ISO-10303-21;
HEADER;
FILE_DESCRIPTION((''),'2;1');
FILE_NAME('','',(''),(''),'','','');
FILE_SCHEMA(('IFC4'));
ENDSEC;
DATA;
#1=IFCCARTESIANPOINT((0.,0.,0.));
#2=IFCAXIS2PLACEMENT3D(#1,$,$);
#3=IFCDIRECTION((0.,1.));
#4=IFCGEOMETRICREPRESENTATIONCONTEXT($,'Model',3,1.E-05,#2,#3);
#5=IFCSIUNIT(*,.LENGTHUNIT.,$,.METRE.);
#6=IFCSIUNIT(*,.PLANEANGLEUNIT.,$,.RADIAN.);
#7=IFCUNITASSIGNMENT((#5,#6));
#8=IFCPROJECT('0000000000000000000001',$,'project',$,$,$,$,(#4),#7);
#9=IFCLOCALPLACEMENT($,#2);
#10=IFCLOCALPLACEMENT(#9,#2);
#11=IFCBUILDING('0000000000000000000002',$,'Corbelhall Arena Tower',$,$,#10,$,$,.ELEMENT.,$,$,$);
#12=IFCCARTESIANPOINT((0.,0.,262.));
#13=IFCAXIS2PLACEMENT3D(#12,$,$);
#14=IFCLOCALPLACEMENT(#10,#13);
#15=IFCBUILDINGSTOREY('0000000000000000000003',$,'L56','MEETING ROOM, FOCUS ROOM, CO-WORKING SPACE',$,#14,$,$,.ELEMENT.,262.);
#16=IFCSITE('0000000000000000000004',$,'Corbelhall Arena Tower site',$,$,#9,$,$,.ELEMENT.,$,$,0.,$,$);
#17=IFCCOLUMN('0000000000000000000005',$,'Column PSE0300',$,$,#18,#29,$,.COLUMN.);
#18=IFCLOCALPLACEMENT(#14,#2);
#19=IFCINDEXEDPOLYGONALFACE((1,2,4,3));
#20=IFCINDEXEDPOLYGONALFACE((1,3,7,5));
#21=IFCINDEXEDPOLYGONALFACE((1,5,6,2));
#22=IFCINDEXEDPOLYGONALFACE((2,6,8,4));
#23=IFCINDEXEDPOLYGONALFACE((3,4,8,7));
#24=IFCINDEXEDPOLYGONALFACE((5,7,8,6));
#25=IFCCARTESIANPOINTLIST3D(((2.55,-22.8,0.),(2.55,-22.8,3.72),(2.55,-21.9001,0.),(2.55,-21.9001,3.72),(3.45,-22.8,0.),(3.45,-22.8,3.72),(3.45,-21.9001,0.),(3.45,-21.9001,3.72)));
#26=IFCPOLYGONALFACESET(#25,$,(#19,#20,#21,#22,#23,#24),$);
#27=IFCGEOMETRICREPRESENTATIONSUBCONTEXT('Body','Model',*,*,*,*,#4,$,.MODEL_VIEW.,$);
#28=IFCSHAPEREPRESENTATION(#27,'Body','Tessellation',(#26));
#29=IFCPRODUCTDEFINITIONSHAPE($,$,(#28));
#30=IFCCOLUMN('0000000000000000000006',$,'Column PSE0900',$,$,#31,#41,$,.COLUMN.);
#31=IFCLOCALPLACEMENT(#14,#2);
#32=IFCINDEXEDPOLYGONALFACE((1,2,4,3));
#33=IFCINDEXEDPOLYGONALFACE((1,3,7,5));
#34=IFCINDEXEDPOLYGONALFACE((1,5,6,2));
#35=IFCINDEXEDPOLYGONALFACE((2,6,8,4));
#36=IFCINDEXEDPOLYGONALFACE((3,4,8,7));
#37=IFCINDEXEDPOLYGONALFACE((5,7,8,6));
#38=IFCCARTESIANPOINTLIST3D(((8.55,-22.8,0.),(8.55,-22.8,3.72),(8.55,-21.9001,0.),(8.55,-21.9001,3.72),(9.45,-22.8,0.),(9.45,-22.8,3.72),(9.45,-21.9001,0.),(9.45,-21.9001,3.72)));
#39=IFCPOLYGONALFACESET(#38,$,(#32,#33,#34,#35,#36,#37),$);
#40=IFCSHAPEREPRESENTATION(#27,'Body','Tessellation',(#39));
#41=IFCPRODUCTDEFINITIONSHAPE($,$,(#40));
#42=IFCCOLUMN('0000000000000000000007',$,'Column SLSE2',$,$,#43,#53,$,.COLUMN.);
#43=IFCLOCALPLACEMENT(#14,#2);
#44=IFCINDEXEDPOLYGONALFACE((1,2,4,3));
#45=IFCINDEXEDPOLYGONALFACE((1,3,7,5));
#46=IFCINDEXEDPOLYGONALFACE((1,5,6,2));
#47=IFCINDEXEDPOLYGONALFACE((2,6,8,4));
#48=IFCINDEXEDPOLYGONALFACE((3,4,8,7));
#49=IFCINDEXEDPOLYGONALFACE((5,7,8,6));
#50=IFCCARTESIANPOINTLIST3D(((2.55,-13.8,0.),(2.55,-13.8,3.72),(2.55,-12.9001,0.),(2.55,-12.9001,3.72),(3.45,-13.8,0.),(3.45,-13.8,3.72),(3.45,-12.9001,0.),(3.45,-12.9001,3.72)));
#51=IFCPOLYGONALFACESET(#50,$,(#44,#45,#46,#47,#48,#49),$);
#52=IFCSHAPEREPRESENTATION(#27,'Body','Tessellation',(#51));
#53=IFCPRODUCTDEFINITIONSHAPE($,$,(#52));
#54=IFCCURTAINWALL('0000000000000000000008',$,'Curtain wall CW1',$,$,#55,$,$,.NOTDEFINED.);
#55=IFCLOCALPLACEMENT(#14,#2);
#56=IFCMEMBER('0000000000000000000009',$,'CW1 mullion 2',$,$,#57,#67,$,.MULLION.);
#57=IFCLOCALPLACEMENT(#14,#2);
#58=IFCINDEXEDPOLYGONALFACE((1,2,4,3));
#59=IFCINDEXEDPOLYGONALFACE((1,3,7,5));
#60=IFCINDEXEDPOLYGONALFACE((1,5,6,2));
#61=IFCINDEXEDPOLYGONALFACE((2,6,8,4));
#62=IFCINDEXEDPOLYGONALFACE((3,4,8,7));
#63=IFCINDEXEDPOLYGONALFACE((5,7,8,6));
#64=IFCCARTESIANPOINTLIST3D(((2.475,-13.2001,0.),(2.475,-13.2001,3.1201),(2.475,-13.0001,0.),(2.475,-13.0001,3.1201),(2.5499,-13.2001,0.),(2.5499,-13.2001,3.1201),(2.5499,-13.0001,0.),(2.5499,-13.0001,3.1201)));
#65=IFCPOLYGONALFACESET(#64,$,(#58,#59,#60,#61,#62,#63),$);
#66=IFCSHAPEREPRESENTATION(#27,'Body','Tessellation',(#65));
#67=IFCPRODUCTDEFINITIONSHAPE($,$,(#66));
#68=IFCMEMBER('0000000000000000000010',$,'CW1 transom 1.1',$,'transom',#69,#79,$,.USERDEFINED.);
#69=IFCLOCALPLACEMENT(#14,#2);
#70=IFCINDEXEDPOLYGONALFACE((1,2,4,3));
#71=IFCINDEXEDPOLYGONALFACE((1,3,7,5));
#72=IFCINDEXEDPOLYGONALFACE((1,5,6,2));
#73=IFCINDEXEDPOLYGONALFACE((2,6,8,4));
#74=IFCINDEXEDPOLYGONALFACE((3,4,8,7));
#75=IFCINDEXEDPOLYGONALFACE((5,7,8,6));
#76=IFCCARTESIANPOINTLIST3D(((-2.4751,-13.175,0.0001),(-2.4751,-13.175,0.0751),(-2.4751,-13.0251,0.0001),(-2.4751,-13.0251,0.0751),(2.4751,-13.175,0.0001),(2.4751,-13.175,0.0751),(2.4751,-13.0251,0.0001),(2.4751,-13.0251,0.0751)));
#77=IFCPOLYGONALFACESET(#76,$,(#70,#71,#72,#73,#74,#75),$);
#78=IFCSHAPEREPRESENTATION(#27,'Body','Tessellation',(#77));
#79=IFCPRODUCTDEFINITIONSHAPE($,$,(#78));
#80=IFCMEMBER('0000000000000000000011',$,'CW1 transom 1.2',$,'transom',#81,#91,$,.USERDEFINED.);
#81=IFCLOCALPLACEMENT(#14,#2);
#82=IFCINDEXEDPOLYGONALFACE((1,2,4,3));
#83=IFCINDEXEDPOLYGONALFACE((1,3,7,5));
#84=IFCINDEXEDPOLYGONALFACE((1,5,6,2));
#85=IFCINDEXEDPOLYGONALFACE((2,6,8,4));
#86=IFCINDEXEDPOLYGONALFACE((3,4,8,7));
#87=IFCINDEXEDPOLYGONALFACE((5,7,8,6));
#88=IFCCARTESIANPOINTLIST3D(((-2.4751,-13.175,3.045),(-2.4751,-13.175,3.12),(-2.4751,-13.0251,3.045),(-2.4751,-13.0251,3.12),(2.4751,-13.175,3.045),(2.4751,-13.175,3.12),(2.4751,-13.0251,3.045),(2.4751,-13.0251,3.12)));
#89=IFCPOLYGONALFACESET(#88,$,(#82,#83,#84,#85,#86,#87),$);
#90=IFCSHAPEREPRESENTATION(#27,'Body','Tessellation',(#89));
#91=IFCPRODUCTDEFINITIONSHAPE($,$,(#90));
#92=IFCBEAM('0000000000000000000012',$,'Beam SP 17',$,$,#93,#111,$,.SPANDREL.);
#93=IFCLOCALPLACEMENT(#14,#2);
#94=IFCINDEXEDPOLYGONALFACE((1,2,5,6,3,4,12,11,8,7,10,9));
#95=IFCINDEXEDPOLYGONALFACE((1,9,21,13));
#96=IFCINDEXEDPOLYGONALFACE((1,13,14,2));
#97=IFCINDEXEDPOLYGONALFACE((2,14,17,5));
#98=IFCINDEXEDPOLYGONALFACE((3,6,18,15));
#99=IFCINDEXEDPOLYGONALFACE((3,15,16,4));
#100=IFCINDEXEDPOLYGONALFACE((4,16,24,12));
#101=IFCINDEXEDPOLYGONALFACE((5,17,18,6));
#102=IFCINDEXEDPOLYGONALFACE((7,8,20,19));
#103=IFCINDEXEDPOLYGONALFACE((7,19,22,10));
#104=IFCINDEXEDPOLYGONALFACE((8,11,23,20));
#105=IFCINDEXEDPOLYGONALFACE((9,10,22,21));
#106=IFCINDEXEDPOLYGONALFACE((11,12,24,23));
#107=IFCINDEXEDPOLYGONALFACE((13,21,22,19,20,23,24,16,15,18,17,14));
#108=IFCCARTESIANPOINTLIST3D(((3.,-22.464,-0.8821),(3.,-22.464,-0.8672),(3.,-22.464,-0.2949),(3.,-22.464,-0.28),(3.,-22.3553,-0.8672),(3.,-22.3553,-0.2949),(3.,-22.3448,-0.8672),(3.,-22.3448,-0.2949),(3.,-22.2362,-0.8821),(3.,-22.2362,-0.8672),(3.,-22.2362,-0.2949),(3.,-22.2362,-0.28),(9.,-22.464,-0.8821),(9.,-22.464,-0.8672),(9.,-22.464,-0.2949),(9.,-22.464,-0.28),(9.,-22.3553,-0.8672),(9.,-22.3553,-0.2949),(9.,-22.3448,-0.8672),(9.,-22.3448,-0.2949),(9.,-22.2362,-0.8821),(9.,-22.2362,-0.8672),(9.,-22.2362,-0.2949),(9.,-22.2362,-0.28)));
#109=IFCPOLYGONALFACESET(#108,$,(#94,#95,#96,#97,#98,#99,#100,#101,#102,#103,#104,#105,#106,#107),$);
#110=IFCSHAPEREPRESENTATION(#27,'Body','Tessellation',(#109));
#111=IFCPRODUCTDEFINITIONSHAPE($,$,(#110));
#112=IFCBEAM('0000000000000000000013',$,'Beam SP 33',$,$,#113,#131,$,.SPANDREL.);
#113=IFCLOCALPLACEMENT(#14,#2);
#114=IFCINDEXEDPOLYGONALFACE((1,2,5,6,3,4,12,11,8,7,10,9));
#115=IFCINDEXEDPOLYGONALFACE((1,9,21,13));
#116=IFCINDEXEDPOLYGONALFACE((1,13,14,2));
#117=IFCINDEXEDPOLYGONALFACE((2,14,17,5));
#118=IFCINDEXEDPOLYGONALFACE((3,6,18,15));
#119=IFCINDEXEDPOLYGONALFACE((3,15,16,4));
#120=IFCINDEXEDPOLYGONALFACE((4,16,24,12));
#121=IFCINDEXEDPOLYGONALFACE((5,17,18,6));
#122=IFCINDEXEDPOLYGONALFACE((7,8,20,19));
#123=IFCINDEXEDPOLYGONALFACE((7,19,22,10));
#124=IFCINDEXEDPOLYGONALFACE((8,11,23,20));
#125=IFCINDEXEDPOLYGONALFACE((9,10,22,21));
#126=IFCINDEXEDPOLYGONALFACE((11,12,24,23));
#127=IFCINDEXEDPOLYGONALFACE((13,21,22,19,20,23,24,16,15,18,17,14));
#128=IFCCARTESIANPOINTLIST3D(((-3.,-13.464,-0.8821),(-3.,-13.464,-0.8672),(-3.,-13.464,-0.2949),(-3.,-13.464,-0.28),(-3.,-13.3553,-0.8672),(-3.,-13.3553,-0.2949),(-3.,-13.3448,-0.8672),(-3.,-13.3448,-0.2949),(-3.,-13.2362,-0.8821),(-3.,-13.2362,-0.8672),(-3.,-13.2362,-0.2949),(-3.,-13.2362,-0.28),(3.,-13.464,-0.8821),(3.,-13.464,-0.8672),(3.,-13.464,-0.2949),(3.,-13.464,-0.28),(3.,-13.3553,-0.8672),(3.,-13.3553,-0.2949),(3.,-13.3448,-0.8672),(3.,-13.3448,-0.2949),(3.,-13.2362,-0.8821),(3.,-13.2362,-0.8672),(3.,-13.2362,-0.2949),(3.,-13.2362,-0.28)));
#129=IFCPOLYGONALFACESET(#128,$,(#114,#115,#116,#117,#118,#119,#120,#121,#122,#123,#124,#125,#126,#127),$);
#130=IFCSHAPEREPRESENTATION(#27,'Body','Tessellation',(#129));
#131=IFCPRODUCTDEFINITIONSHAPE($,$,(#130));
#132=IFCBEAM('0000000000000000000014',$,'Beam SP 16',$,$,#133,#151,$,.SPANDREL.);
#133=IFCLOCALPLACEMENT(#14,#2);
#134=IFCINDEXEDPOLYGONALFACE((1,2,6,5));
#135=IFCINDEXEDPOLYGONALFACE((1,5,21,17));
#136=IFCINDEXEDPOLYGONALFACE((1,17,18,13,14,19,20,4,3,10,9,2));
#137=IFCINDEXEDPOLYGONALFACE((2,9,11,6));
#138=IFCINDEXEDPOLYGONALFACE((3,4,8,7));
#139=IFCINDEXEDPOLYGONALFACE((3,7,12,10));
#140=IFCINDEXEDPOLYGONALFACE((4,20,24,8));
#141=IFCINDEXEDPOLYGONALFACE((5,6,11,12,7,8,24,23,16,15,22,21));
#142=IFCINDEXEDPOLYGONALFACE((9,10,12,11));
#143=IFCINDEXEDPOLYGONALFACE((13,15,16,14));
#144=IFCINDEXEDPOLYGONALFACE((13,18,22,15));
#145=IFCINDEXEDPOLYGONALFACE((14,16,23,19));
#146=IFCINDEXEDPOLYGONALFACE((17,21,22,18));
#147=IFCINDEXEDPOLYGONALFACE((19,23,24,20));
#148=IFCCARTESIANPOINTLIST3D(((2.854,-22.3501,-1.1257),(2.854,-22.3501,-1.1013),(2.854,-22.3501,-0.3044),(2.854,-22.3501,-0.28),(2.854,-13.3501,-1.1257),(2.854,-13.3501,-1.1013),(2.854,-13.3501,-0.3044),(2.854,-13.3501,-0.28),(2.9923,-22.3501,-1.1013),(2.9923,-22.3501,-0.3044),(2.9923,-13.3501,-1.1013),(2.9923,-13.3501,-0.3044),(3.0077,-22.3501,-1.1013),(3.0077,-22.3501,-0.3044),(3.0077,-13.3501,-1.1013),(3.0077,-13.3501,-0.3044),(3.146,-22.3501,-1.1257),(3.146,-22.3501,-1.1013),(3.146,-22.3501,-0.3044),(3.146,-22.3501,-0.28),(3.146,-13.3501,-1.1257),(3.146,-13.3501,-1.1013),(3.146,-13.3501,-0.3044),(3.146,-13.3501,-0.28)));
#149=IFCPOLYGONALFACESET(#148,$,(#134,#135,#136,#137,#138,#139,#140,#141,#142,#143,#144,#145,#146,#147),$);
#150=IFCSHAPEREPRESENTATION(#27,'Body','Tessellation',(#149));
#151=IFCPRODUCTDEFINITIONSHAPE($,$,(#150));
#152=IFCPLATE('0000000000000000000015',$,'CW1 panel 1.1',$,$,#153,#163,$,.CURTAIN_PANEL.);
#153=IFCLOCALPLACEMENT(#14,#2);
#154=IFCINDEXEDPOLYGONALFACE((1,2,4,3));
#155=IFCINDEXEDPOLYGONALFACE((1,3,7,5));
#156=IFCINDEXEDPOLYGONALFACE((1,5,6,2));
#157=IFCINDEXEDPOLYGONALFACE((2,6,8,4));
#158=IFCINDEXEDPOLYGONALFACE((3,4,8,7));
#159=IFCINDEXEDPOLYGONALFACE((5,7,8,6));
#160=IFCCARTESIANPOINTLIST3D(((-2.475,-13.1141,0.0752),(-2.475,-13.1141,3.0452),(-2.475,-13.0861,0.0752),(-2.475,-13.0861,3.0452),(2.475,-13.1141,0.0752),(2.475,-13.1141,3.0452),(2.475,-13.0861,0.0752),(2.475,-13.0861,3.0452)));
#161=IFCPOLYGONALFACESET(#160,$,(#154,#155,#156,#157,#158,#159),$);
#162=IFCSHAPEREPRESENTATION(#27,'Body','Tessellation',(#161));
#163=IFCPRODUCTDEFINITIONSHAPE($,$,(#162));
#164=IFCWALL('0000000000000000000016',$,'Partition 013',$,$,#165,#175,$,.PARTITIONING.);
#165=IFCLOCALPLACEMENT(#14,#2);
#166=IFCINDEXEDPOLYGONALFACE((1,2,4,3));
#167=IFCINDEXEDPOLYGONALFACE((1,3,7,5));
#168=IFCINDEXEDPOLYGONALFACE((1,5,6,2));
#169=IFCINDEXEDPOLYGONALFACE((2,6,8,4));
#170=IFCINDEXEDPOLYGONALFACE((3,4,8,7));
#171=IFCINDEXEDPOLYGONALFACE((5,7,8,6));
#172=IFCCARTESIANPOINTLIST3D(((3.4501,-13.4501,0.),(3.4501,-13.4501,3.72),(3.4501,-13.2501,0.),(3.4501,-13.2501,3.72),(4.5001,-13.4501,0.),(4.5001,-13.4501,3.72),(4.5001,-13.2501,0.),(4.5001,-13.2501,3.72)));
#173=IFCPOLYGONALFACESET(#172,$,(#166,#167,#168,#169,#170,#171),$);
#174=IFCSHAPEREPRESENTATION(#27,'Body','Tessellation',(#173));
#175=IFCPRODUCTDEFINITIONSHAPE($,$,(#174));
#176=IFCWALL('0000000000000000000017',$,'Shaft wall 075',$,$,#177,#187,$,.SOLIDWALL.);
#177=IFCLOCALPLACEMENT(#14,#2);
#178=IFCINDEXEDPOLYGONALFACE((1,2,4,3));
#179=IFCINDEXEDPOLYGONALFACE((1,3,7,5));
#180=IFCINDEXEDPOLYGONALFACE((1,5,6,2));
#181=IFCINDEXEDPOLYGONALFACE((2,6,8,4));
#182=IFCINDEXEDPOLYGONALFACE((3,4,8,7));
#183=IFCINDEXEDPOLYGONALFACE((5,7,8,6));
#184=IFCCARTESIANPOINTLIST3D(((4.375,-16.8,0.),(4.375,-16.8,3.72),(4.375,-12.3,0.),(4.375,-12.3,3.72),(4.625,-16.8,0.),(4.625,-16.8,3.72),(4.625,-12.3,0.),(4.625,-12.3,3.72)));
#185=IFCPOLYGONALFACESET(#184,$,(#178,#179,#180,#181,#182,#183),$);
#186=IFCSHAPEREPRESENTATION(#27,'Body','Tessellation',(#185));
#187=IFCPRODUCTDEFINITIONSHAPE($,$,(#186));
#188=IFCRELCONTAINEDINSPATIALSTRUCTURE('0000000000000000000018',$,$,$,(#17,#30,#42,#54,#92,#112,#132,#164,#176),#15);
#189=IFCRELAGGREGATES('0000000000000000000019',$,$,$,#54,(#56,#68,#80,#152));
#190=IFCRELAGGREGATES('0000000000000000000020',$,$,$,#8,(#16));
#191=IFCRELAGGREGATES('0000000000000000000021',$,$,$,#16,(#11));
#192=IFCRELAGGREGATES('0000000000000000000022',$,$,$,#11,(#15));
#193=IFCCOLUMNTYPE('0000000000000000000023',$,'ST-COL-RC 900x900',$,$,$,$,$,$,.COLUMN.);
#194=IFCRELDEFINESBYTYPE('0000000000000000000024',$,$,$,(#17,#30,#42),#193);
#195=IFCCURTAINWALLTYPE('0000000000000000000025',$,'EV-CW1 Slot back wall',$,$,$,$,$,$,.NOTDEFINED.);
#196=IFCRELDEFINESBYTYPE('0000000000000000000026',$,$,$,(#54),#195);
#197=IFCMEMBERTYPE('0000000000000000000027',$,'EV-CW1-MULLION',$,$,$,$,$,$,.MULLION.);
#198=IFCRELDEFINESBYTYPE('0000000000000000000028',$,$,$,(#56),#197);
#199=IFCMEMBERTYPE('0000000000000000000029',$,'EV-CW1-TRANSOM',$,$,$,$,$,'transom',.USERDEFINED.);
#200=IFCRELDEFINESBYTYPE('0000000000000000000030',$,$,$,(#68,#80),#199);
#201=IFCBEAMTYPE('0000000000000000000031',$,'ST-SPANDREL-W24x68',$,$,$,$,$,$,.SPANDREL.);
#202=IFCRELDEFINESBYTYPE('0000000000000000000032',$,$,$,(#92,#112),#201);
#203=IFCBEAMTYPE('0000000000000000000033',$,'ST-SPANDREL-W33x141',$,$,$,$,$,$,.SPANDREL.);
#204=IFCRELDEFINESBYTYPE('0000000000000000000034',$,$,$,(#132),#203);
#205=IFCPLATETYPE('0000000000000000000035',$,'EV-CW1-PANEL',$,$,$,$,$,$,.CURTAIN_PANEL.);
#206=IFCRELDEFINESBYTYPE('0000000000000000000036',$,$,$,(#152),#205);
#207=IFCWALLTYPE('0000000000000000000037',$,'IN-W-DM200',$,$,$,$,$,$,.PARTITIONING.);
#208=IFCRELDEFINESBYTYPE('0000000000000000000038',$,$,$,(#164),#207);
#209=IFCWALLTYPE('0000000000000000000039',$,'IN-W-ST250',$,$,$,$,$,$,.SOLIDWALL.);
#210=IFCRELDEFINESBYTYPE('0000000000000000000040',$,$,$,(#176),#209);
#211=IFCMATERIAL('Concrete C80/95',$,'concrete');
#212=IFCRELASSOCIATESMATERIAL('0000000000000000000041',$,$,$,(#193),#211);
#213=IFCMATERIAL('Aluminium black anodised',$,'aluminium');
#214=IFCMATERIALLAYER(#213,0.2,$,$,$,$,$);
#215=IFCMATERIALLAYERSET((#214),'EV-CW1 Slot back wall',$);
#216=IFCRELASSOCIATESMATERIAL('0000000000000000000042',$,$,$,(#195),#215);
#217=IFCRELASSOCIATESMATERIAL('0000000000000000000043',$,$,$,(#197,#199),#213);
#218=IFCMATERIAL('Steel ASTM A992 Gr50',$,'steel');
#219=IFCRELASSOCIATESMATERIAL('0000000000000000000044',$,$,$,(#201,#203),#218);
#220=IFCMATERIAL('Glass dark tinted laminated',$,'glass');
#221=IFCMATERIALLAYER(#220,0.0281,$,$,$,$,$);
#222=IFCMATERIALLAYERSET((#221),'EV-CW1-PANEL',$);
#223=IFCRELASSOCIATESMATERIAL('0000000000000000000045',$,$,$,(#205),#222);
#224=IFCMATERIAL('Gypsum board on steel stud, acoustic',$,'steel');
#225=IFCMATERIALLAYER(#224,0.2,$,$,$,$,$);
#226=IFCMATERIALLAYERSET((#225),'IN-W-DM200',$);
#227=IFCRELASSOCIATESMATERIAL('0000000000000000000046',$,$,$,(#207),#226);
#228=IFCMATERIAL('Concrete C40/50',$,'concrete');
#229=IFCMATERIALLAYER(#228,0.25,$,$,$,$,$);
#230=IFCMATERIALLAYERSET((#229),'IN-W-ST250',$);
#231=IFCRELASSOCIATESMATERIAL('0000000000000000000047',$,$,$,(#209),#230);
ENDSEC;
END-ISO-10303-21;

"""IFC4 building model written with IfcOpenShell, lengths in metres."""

from ifc_helpers import new_model, si_unit, direction, frame, frame_2d, origin, origin_2d, place, context, subcontext, project, spatial, rectangle, i_section, extrude, material, layer, layer_set, material_profile, profile_set, type_object, element, aggregate, save


model = new_model("IFC4")

# Units and contexts
model_context = context("Model", 3, precision=1e-05, world=origin(), true_north=direction((0.0, 1.0)))
body_context = subcontext(model_context, "Body", "Model", "MODEL_VIEW")
ifc_project = project(units=[si_unit("LENGTHUNIT", "METRE"), si_unit("PLANEANGLEUNIT", "RADIAN")], contexts=[model_context])

# Site, building, storey
site_placement = place(None, origin())
site = spatial("IfcSite", under=ifc_project, at=site_placement, Name="Corbelhall Arena Tower site", CompositionType="ELEMENT", RefElevation=0.0)
building_placement = place(site_placement, origin())
building = spatial("IfcBuilding", under=site, at=building_placement, Name="Corbelhall Arena Tower", CompositionType="ELEMENT")
storey_placement = place(building_placement, frame((0.0, 0.0, 262.0)))
storey = spatial("IfcBuildingStorey", under=building, at=storey_placement, Name="L56", Description="MEETING ROOM, FOCUS ROOM, CO-WORKING SPACE", CompositionType="ELEMENT", Elevation=262.0)

# Columns
ifc_material_1 = material(Name="Concrete C80/95", Category="concrete")
ifc_material_profile_1 = material_profile(ifc_material_1, rectangle(XDim=0.8999, YDim=0.8999, at=origin_2d()))
ifc_profile_set_1 = profile_set([ifc_material_profile_1], Name="Concrete C80/95")
column_type = type_object("IfcColumnType", Name="ST-COL-RC 900x900", PredefinedType="COLUMN", material=ifc_profile_set_1)
for number, where, z_axis, x_axis, name in (
    (1, (3.0, -22.3501, 0.0), (0.0, 0.0, 1.0), (1.0, 0.0, 0.0), "Column PSE0300"),
    (2, (9.0, -22.3501, 0.0), (0.0, 0.0, 1.0), (1.0, 0.0, 0.0), "Column PSE0900"),
    (3, (3.0, -13.3501, 0.0), (0.0, 0.0, 1.0), (1.0, 0.0, 0.0), "Column SLSE2"),
):
    element("IfcColumn", number, at=place(storey_placement, frame(where, z_axis=z_axis, x_axis=x_axis)), inside=storey, type_object=column_type, Name=name, PredefinedType="COLUMN", context=body_context, shape_type="SweptSolid", body=[
        extrude(rectangle(XDim=0.8999, YDim=0.8999, at=origin_2d()), origin(), (0.0, 0.0, 1.0), 3.72),
    ])

# Curtain wall, members
ifc_material_2 = material(Name="Aluminium black anodised", Category="aluminium")
ifc_layer_1 = layer(ifc_material_2, 0.2)
ifc_layer_set_1 = layer_set([ifc_layer_1], Name="EV-CW1 Slot back wall")
curtain_wall_type = type_object("IfcCurtainWallType", Name="EV-CW1 Slot back wall", PredefinedType="NOTDEFINED", material=ifc_layer_set_1)
curtain_wall_placement = place(storey_placement, origin())
curtain_wall = element("IfcCurtainWall", 4, at=curtain_wall_placement, inside=storey, type_object=curtain_wall_type, Name="Curtain wall CW1", PredefinedType="NOTDEFINED")
ifc_material_profile_2 = material_profile(ifc_material_2, rectangle(XDim=0.2, YDim=0.075, at=origin_2d()))
ifc_profile_set_2 = profile_set([ifc_material_profile_2], Name="Aluminium black anodised")
member_type_1 = type_object("IfcMemberType", Name="EV-CW1-MULLION", PredefinedType="MULLION", material=ifc_profile_set_2)
member_1_placement = place(storey_placement, frame((2.5125, -13.1001, 0.0), z_axis=(0.0, 0.0, 1.0), x_axis=(0.0, 1.0, 0.0)))
member_1 = element("IfcMember", 5, at=member_1_placement, type_object=member_type_1, Name="CW1 mullion 2", PredefinedType="MULLION", context=body_context, shape_type="SweptSolid", body=[
    extrude(rectangle(XDim=0.2, YDim=0.075, at=origin_2d()), origin(), (0.0, 0.0, 1.0), 3.1201),
])
ifc_material_profile_3 = material_profile(ifc_material_2, rectangle(XDim=0.1499, YDim=0.075, at=origin_2d()))
ifc_profile_set_3 = profile_set([ifc_material_profile_3], Name="Aluminium black anodised")
member_type_2 = type_object("IfcMemberType", Name="EV-CW1-TRANSOM", ElementType="transom", PredefinedType="USERDEFINED", material=ifc_profile_set_3)
member_2_placement = place(storey_placement, frame((-2.4751, -13.1001, 0.0376), z_axis=(1.0, 0.0, 0.0), x_axis=(0.0, 1.0, 0.0)))
member_2 = element("IfcMember", 6, at=member_2_placement, type_object=member_type_2, Name="CW1 transom 1.1", ObjectType="transom", PredefinedType="USERDEFINED", context=body_context, shape_type="SweptSolid", body=[
    extrude(rectangle(XDim=0.1499, YDim=0.075, at=origin_2d()), origin(), (0.0, 0.0, 1.0), 4.9502),
])
member_3_placement = place(storey_placement, frame((-2.4751, -13.1001, 3.0825), z_axis=(1.0, 0.0, 0.0), x_axis=(0.0, 1.0, 0.0)))
member_3 = element("IfcMember", 7, at=member_3_placement, type_object=member_type_2, Name="CW1 transom 1.2", ObjectType="transom", PredefinedType="USERDEFINED", context=body_context, shape_type="SweptSolid", body=[
    extrude(rectangle(XDim=0.1499, YDim=0.075, at=origin_2d()), origin(), (0.0, 0.0, 1.0), 4.9502),
])

# Beams
ifc_material_3 = material(Name="Steel ASTM A992 Gr50", Category="steel")
ifc_material_profile_4 = material_profile(ifc_material_3, i_section(OverallWidth=0.2278, OverallDepth=0.6021, WebThickness=0.0105, FlangeThickness=0.0149, at=origin_2d()))
ifc_profile_set_4 = profile_set([ifc_material_profile_4], Name="Steel ASTM A992 Gr50")
beam_type_1 = type_object("IfcBeamType", Name="ST-SPANDREL-W24x68", PredefinedType="SPANDREL", material=ifc_profile_set_4)
for number, where, z_axis, x_axis, name in (
    (8, (9.0, -22.3501, -0.5811), (-1.0, 0.0, 0.0), (0.0, -1.0, 0.0), "Beam SP 17"),
    (9, (3.0, -13.3501, -0.5811), (-1.0, 0.0, 0.0), (0.0, -1.0, 0.0), "Beam SP 33"),
):
    element("IfcBeam", number, at=place(storey_placement, frame(where, z_axis=z_axis, x_axis=x_axis)), inside=storey, type_object=beam_type_1, Name=name, PredefinedType="SPANDREL", context=body_context, shape_type="SweptSolid", body=[
        extrude(i_section(OverallWidth=0.2278, OverallDepth=0.6021, WebThickness=0.0105, FlangeThickness=0.0149, at=origin_2d()), origin(), (0.0, 0.0, 1.0), 6.0),
    ])
ifc_material_profile_5 = material_profile(ifc_material_3, i_section(OverallWidth=0.292, OverallDepth=0.8457, WebThickness=0.0154, FlangeThickness=0.0244, at=origin_2d()))
ifc_profile_set_5 = profile_set([ifc_material_profile_5], Name="Steel ASTM A992 Gr50")
beam_type_2 = type_object("IfcBeamType", Name="ST-SPANDREL-W33x141", PredefinedType="SPANDREL", material=ifc_profile_set_5)
beam_placement = place(storey_placement, frame((3.0, -22.3501, -0.7029), z_axis=(0.0, 1.0, 0.0), x_axis=(-1.0, 0.0, 0.0)))
element("IfcBeam", 10, at=beam_placement, inside=storey, type_object=beam_type_2, Name="Beam SP 16", PredefinedType="SPANDREL", context=body_context, shape_type="SweptSolid", body=[
    extrude(i_section(OverallWidth=0.292, OverallDepth=0.8457, WebThickness=0.0154, FlangeThickness=0.0244, at=origin_2d()), origin(), (0.0, 0.0, 1.0), 9.0),
])

# Plate
ifc_material_4 = material(Name="Glass dark tinted laminated", Category="glass")
ifc_layer_2 = layer(ifc_material_4, 0.0281)
ifc_layer_set_2 = layer_set([ifc_layer_2], Name="EV-CW1-PANEL")
plate_type = type_object("IfcPlateType", Name="EV-CW1-PANEL", PredefinedType="CURTAIN_PANEL", material=ifc_layer_set_2)
plate_placement = place(storey_placement, frame((0.0, -13.1001, 0.0752), z_axis=(0.0, 0.0, 1.0), x_axis=(1.0, 0.0, 0.0)))
plate = element("IfcPlate", 11, at=plate_placement, type_object=plate_type, Name="CW1 panel 1.1", PredefinedType="CURTAIN_PANEL", context=body_context, shape_type="SweptSolid", body=[
    extrude(rectangle(XDim=4.95, YDim=0.0281, at=origin_2d()), origin(), (0.0, 0.0, 1.0), 2.97),
])
aggregate(curtain_wall, [member_1, member_2, member_3, plate])

# Wall
ifc_material_5 = material(Name="Gypsum board on steel stud, acoustic", Category="steel")
ifc_layer_3 = layer(ifc_material_5, 0.2)
ifc_layer_set_3 = layer_set([ifc_layer_3], Name="IN-W-DM200")
wall_type_1 = type_object("IfcWallType", Name="IN-W-DM200", PredefinedType="PARTITIONING", material=ifc_layer_set_3)
wall_1_placement = place(storey_placement, frame((4.5, -13.3501, 0.0), z_axis=(0.0, 0.0, 1.0), x_axis=(-1.0, 0.0, 0.0)))
element("IfcWall", 12, at=wall_1_placement, inside=storey, type_object=wall_type_1, Name="Partition 013", PredefinedType="PARTITIONING", context=body_context, shape_type="SweptSolid", body=[
    extrude(rectangle(XDim=1.05, YDim=0.2, at=frame_2d((0.5249, 0.0))), origin(), (0.0, 0.0, 1.0), 3.72),
])

# Wall
ifc_material_6 = material(Name="Concrete C40/50", Category="concrete")
ifc_layer_4 = layer(ifc_material_6, 0.25)
ifc_layer_set_4 = layer_set([ifc_layer_4], Name="IN-W-ST250")
wall_type_2 = type_object("IfcWallType", Name="IN-W-ST250", PredefinedType="SOLIDWALL", material=ifc_layer_set_4)
wall_2_placement = place(storey_placement, frame((4.5, -16.8, 0.0), z_axis=(0.0, 0.0, 1.0), x_axis=(0.0, 1.0, 0.0)))
element("IfcWall", 13, at=wall_2_placement, inside=storey, type_object=wall_type_2, Name="Shaft wall 075", PredefinedType="SOLIDWALL", context=body_context, shape_type="SweptSolid", body=[
    extrude(rectangle(XDim=4.5, YDim=0.25, at=frame_2d((2.25, 0.0))), origin(), (0.0, 0.0, 1.0), 3.72),
])

save(model, "model.ifc")
